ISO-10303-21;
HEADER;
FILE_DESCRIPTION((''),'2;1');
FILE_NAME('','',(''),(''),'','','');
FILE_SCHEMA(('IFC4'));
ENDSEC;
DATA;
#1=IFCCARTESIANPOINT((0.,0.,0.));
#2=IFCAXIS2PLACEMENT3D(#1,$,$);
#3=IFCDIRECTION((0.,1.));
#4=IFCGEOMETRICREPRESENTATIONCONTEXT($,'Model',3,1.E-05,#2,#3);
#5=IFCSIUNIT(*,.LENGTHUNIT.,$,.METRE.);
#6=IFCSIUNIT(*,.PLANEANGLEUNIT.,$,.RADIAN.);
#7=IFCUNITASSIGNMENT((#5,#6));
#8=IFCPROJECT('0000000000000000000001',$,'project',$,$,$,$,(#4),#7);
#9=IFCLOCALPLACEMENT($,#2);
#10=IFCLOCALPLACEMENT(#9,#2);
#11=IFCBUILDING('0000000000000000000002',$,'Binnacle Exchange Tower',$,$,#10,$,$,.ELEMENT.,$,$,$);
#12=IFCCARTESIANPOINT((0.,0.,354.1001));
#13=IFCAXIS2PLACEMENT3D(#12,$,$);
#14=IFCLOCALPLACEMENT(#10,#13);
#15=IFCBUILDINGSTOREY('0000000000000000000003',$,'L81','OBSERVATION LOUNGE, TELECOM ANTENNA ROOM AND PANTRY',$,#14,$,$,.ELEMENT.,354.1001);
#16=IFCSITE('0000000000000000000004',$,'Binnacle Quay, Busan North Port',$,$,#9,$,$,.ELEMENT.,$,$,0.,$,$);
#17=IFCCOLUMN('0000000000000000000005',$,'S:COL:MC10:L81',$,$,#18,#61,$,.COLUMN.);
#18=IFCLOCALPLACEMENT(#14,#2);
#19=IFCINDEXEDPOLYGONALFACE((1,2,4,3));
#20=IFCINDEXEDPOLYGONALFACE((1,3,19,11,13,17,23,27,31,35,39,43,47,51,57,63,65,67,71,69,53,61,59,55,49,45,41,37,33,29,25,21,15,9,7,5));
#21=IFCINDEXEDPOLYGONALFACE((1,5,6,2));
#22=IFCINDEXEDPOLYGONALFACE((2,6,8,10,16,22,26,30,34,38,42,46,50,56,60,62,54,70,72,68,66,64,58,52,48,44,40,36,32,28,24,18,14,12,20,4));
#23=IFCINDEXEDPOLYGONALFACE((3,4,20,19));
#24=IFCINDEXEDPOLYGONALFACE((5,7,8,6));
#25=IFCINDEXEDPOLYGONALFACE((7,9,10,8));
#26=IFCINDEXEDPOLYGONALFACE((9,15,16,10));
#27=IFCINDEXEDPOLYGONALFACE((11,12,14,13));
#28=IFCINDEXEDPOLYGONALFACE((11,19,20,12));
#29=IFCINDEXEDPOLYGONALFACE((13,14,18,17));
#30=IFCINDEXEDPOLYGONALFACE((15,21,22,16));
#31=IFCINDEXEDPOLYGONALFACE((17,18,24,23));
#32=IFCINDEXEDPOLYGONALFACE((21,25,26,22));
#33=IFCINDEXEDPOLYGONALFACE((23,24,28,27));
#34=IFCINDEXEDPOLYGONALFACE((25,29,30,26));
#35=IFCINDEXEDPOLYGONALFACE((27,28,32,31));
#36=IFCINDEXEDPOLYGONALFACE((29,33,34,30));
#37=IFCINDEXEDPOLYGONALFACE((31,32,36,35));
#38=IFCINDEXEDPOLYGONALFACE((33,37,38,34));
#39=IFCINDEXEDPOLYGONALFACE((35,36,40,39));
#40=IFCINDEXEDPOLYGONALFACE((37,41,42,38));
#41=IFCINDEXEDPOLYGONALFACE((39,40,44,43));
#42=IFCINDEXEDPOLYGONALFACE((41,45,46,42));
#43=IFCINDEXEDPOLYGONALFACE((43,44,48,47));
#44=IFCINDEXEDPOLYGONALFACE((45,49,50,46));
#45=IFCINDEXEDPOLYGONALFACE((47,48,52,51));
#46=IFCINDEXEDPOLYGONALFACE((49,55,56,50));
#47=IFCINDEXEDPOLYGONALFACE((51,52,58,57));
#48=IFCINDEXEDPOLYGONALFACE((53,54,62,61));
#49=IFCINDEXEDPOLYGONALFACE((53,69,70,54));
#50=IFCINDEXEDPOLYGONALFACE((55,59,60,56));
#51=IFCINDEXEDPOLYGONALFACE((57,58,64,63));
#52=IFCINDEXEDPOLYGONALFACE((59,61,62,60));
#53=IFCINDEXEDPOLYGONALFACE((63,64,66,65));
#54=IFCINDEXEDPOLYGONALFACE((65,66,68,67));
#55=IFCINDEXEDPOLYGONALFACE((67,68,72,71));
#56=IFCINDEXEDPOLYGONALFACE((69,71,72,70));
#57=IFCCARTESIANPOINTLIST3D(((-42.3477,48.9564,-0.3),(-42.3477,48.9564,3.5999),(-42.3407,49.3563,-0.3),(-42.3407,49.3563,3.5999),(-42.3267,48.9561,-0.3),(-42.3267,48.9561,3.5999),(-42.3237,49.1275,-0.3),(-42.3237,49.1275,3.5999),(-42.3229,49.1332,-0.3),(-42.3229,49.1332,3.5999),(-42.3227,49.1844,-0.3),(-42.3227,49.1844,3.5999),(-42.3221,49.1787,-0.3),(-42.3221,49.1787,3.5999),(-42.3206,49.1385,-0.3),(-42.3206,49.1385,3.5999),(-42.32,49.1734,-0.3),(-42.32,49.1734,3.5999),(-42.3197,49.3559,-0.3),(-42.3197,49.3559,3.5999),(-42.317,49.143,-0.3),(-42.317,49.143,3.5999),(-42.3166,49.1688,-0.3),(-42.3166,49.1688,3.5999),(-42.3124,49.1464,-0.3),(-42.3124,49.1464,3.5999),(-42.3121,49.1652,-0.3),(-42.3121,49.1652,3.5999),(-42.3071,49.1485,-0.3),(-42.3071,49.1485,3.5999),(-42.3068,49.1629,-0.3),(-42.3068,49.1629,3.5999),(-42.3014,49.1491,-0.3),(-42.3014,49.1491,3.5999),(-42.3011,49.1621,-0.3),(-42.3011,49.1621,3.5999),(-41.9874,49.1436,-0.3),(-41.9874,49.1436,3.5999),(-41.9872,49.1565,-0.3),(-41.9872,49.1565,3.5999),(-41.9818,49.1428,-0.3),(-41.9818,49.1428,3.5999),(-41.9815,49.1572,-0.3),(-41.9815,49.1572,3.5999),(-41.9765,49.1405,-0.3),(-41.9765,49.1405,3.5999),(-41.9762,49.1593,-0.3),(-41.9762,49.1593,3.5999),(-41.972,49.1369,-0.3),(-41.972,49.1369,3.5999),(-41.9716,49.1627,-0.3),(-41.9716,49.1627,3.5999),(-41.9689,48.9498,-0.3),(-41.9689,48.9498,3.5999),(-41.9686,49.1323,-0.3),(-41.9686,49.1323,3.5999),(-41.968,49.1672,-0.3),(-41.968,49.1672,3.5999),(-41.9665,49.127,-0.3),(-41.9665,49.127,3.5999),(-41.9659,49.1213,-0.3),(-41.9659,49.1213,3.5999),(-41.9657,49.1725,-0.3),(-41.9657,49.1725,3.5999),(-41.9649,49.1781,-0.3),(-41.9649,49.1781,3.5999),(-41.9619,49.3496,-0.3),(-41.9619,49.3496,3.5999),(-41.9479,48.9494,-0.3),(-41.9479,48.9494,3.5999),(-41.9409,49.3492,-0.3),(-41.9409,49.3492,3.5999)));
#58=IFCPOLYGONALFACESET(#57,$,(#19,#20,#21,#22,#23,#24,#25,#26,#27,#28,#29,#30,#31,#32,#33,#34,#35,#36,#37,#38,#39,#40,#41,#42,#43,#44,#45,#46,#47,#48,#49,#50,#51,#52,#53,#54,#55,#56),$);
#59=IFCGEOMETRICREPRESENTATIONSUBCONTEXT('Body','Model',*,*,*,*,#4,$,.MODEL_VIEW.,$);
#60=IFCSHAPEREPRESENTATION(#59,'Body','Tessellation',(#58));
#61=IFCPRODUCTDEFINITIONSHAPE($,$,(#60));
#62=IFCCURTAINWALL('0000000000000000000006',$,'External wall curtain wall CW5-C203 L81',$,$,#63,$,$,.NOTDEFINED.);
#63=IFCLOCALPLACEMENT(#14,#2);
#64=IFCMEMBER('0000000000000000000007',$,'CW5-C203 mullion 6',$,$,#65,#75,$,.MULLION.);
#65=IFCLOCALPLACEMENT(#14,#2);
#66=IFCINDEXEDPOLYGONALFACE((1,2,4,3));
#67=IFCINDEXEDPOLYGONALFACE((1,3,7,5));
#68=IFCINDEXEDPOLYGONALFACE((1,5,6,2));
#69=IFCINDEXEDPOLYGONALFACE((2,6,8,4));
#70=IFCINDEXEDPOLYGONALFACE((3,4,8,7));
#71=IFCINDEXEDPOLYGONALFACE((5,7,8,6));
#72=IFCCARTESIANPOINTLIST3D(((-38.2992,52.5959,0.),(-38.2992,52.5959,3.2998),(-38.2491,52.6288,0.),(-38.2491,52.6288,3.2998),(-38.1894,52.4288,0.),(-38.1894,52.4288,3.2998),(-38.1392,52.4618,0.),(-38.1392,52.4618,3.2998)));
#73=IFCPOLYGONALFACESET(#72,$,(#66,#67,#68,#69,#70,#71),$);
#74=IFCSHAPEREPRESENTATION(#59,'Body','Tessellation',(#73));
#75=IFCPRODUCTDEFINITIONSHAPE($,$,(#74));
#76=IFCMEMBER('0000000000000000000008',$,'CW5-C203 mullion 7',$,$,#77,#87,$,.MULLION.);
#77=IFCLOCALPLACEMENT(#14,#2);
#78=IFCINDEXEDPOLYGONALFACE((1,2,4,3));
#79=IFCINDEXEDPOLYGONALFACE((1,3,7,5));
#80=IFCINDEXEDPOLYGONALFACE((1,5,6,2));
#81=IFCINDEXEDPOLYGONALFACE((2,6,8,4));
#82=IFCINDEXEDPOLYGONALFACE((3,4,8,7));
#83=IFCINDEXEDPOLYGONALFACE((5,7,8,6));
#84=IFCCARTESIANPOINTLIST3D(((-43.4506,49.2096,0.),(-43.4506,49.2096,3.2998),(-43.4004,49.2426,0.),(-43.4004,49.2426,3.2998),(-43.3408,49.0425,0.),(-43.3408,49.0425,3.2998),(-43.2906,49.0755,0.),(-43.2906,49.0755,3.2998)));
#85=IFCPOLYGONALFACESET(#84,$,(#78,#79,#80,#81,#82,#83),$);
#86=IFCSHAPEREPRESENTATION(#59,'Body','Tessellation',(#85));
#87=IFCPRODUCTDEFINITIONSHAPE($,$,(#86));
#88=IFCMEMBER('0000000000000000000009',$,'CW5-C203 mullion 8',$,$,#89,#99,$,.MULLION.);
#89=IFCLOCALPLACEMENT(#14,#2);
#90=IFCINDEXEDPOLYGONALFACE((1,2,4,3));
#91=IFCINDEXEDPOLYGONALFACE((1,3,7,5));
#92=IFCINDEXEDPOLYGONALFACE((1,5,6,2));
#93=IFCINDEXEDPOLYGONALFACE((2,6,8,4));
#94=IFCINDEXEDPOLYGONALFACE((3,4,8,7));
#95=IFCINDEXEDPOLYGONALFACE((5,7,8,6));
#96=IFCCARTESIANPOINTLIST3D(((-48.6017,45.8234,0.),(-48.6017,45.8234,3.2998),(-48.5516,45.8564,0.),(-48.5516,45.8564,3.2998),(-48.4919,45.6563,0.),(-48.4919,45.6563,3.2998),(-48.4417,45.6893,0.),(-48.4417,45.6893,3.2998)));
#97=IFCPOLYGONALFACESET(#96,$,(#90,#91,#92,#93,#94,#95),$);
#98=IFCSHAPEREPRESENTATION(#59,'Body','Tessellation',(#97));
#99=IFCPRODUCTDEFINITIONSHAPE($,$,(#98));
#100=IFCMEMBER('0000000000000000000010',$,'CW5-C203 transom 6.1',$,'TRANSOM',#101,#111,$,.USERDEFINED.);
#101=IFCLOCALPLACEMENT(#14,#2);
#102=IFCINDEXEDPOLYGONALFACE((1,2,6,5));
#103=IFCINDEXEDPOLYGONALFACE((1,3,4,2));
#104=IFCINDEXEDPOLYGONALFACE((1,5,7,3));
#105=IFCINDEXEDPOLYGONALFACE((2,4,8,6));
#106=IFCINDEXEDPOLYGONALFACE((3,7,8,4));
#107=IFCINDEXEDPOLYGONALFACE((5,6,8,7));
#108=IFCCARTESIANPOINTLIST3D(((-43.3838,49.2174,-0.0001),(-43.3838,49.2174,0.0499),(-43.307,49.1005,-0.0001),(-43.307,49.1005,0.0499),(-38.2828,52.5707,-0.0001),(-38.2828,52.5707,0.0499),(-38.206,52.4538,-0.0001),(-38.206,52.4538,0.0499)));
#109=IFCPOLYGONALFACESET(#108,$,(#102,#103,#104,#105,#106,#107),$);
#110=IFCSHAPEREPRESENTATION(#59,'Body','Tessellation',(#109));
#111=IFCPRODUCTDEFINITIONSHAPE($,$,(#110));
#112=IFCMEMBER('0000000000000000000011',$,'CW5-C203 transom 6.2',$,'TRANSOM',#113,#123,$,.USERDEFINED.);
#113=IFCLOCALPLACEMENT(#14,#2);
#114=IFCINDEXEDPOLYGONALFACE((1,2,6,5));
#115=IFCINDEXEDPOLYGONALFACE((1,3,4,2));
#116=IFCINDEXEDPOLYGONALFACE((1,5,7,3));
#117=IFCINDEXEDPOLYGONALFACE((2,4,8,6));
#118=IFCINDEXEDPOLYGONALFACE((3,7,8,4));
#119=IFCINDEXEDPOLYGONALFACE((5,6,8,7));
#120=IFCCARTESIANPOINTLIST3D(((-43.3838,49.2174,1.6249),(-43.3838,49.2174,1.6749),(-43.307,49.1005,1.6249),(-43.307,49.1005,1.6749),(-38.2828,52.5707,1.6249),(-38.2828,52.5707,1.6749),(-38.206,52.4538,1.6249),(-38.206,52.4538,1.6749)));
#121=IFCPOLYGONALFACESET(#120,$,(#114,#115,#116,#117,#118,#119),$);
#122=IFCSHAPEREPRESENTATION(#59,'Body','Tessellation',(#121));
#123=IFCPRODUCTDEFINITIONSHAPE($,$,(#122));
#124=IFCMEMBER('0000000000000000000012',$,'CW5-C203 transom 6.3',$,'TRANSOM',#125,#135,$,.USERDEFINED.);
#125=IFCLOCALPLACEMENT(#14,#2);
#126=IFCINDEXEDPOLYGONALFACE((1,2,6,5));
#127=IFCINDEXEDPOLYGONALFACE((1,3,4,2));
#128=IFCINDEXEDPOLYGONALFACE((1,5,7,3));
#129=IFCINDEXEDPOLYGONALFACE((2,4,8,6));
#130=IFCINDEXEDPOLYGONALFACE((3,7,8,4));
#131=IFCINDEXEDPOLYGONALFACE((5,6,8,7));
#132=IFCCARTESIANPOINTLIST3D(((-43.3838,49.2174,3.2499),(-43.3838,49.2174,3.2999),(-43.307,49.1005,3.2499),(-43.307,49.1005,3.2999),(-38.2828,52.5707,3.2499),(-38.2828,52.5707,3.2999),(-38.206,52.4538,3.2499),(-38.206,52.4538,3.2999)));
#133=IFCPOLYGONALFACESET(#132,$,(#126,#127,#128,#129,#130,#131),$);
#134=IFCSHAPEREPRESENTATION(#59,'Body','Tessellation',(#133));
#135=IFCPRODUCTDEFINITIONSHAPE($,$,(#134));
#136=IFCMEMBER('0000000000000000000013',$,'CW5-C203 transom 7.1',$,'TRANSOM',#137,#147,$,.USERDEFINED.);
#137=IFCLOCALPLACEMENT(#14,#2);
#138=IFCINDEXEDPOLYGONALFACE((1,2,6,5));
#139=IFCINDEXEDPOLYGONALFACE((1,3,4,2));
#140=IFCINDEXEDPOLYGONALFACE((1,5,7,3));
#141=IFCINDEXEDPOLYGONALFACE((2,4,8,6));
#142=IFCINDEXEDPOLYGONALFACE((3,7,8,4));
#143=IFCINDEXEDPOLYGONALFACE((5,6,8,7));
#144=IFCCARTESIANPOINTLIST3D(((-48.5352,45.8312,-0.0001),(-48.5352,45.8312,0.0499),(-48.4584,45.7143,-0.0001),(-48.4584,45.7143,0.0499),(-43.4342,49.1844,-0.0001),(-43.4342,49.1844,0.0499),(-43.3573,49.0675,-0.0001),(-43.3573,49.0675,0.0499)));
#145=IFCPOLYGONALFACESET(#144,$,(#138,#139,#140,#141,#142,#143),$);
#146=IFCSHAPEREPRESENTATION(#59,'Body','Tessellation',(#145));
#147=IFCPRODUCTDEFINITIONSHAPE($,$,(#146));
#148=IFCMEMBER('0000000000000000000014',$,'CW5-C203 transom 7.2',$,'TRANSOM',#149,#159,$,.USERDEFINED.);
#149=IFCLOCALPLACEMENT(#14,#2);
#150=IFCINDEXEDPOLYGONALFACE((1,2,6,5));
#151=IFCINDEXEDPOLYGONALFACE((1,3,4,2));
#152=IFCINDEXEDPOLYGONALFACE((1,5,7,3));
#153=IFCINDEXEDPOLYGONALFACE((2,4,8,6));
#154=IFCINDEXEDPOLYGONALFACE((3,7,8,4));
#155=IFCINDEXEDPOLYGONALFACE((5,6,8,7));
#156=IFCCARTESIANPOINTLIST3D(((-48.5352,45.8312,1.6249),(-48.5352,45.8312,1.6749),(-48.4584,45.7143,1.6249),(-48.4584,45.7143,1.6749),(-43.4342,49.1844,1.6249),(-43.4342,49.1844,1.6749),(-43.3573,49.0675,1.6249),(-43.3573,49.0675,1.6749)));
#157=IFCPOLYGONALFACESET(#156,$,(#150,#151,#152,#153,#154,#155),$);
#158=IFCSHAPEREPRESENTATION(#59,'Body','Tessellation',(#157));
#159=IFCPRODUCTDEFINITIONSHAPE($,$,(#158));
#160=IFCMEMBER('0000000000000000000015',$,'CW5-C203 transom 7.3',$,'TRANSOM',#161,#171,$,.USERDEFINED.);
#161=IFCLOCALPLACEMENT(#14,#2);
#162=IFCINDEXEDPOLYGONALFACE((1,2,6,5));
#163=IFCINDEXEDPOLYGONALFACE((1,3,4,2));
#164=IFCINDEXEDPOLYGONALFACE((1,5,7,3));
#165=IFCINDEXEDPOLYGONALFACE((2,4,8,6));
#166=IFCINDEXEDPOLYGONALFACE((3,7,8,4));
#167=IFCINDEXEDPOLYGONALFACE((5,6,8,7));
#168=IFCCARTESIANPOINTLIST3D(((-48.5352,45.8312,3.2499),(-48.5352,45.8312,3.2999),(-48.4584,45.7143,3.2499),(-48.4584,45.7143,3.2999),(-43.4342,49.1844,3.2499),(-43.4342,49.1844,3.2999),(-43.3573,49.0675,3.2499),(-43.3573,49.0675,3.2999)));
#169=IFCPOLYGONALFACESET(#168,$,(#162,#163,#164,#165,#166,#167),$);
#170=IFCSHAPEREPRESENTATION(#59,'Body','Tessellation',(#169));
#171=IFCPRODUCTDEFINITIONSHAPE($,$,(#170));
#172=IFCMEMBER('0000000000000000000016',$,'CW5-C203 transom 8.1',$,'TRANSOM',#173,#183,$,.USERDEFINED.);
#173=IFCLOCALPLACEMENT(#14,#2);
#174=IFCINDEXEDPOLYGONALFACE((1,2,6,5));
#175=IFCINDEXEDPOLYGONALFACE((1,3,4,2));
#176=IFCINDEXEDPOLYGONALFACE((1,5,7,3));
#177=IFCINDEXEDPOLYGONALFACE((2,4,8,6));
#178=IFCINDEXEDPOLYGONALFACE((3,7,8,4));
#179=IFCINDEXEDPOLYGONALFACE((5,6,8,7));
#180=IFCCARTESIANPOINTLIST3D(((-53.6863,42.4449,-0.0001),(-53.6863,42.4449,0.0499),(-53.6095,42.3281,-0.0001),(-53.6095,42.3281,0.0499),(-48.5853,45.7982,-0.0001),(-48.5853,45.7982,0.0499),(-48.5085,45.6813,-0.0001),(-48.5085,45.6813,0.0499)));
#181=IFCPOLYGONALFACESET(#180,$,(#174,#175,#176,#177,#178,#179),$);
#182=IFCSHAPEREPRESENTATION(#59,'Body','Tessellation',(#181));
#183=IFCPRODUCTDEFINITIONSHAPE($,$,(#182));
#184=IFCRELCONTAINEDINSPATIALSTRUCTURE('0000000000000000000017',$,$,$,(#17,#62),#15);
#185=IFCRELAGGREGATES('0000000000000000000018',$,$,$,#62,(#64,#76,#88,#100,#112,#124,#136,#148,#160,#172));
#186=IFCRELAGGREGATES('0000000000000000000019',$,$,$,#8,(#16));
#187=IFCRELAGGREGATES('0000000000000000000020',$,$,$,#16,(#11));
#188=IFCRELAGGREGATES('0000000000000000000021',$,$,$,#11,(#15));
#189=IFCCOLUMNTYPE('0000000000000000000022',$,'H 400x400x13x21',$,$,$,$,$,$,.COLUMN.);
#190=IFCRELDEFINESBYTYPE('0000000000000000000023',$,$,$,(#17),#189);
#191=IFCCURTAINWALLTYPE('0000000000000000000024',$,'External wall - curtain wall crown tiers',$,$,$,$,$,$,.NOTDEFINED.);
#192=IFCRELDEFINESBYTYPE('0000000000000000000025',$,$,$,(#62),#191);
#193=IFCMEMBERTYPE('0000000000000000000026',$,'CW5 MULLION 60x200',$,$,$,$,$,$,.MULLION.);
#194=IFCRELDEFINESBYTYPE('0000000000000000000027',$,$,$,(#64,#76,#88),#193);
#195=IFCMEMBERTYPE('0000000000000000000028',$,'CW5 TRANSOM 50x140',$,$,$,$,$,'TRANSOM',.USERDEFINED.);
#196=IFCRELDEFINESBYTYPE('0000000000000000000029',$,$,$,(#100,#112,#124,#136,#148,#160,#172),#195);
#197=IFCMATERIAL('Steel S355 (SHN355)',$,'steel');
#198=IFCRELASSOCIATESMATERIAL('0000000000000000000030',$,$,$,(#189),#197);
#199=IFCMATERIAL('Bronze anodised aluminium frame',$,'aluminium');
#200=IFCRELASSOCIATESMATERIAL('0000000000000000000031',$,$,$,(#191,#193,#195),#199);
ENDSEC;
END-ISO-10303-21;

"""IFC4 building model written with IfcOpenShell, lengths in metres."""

from ifc_helpers import new_model, si_unit, direction, frame, origin, origin_2d, place, context, subcontext, project, spatial, rectangle, i_section, extrude, material, material_profile, profile_set, type_object, element, aggregate, save


model = new_model("IFC4")

# Units and contexts
model_context = context("Model", 3, precision=1e-05, world=origin(), true_north=direction((0.0, 1.0)))
body_context = subcontext(model_context, "Body", "Model", "MODEL_VIEW")
ifc_project = project(units=[si_unit("LENGTHUNIT", "METRE"), si_unit("PLANEANGLEUNIT", "RADIAN")], contexts=[model_context])

# Site, building, storey
site_placement = place(None, origin())
site = spatial("IfcSite", under=ifc_project, at=site_placement, Name="Binnacle Quay, Busan North Port", CompositionType="ELEMENT", RefElevation=0.0)
building_placement = place(site_placement, origin())
building = spatial("IfcBuilding", under=site, at=building_placement, Name="Binnacle Exchange Tower", CompositionType="ELEMENT")
storey_placement = place(building_placement, frame((0.0, 0.0, 354.1001)))
storey = spatial("IfcBuildingStorey", under=building, at=storey_placement, Name="L81", Description="OBSERVATION LOUNGE, TELECOM ANTENNA ROOM AND PANTRY", CompositionType="ELEMENT", Elevation=354.1001)

# Column
ifc_material_1 = material(Name="Steel S355 (SHN355)", Category="steel")
ifc_material_profile_1 = material_profile(ifc_material_1, i_section(OverallWidth=0.3999, OverallDepth=0.3999, WebThickness=0.0129, FlangeThickness=0.021, FilletRadius=0.022, at=origin_2d()), Name="H 400x400x13x21")
ifc_profile_set_1 = profile_set([ifc_material_profile_1], Name="Steel S355 (SHN355)")
column_type = type_object("IfcColumnType", Name="H 400x400x13x21", PredefinedType="COLUMN", material=ifc_profile_set_1)
column_placement = place(storey_placement, frame((-42.1443, 49.1528, -0.3), z_axis=(0.0, 0.0, 1.0), x_axis=(0.01754, 0.999846, 0.0)))
element("IfcColumn", 1, at=column_placement, inside=storey, type_object=column_type, Name="S:COL:MC10:L81", PredefinedType="COLUMN", context=body_context, shape_type="SweptSolid", body=[
    extrude(i_section(OverallWidth=0.3999, OverallDepth=0.3999, WebThickness=0.0129, FlangeThickness=0.021, FilletRadius=0.022, at=origin_2d()), origin(), (0.0, 0.0, 1.0), 3.8999),
])

# Curtain wall, members
ifc_material_2 = material(Name="Bronze anodised aluminium frame", Category="aluminium")
curtain_wall_type = type_object("IfcCurtainWallType", Name="External wall - curtain wall crown tiers", PredefinedType="NOTDEFINED", material=ifc_material_2)
curtain_wall_placement = place(storey_placement, origin())
curtain_wall = element("IfcCurtainWall", 2, at=curtain_wall_placement, inside=storey, type_object=curtain_wall_type, Name="External wall curtain wall CW5-C203 L81", PredefinedType="NOTDEFINED")
ifc_material_profile_2 = material_profile(ifc_material_2, rectangle(XDim=0.2, YDim=0.0601, at=origin_2d()), Name="AL 60x200")
ifc_profile_set_2 = profile_set([ifc_material_profile_2], Name="Bronze anodised aluminium frame")
member_type_1 = type_object("IfcMemberType", Name="CW5 MULLION 60x200", PredefinedType="MULLION", material=ifc_profile_set_2)
member_1_placement = place(storey_placement, frame((-38.2192, 52.5288, 0.0), z_axis=(0.0, 0.0, 1.0), x_axis=(0.54931, -0.835618, 0.0)))
member_1 = element("IfcMember", 3, at=member_1_placement, type_object=member_type_1, Name="CW5-C203 mullion 6", PredefinedType="MULLION", context=body_context, shape_type="SweptSolid", body=[
    extrude(rectangle(XDim=0.2, YDim=0.0601, at=origin_2d()), origin(), (0.0, 0.0, 1.0), 3.2998),
])
member_2_placement = place(storey_placement, frame((-43.3706, 49.1426, 0.0), z_axis=(0.0, 0.0, 1.0), x_axis=(0.54931, -0.835618, 0.0)))
member_2 = element("IfcMember", 4, at=member_2_placement, type_object=member_type_1, Name="CW5-C203 mullion 7", PredefinedType="MULLION", context=body_context, shape_type="SweptSolid", body=[
    extrude(rectangle(XDim=0.2, YDim=0.0601, at=origin_2d()), origin(), (0.0, 0.0, 1.0), 3.2998),
])
member_3_placement = place(storey_placement, frame((-48.5217, 45.7563, 0.0), z_axis=(0.0, 0.0, 1.0), x_axis=(0.54931, -0.835618, 0.0)))
member_3 = element("IfcMember", 5, at=member_3_placement, type_object=member_type_1, Name="CW5-C203 mullion 8", PredefinedType="MULLION", context=body_context, shape_type="SweptSolid", body=[
    extrude(rectangle(XDim=0.2, YDim=0.0601, at=origin_2d()), origin(), (0.0, 0.0, 1.0), 3.2998),
])
ifc_material_profile_3 = material_profile(ifc_material_2, rectangle(XDim=0.1399, YDim=0.05, at=origin_2d()), Name="AL 140x50")
ifc_profile_set_3 = profile_set([ifc_material_profile_3], Name="Bronze anodised aluminium frame")
member_type_2 = type_object("IfcMemberType", Name="CW5 TRANSOM 50x140", ElementType="TRANSOM", PredefinedType="USERDEFINED", material=ifc_profile_set_3)
member_4_placement = place(storey_placement, frame((-38.2444, 52.5122, 0.0249), z_axis=(-0.83562, -0.549308, 0.0), x_axis=(0.549308, -0.83562, 0.0)))
member_4 = element("IfcMember", 6, at=member_4_placement, type_object=member_type_2, Name="CW5-C203 transom 6.1", ObjectType="TRANSOM", PredefinedType="USERDEFINED", context=body_context, shape_type="SweptSolid", body=[
    extrude(rectangle(XDim=0.1399, YDim=0.05, at=origin_2d()), origin(), (0.0, 0.0, 1.0), 6.1045),
])
member_5_placement = place(storey_placement, frame((-38.2444, 52.5122, 1.6499), z_axis=(-0.83562, -0.549308, 0.0), x_axis=(0.549308, -0.83562, 0.0)))
member_5 = element("IfcMember", 7, at=member_5_placement, type_object=member_type_2, Name="CW5-C203 transom 6.2", ObjectType="TRANSOM", PredefinedType="USERDEFINED", context=body_context, shape_type="SweptSolid", body=[
    extrude(rectangle(XDim=0.1399, YDim=0.05, at=origin_2d()), origin(), (0.0, 0.0, 1.0), 6.1045),
])
member_6_placement = place(storey_placement, frame((-38.2444, 52.5122, 3.2749), z_axis=(-0.83562, -0.549308, 0.0), x_axis=(0.549308, -0.83562, 0.0)))
member_6 = element("IfcMember", 8, at=member_6_placement, type_object=member_type_2, Name="CW5-C203 transom 6.3", ObjectType="TRANSOM", PredefinedType="USERDEFINED", context=body_context, shape_type="SweptSolid", body=[
    extrude(rectangle(XDim=0.1399, YDim=0.05, at=origin_2d()), origin(), (0.0, 0.0, 1.0), 6.1045),
])
member_7_placement = place(storey_placement, frame((-43.3958, 49.126, 0.0249), z_axis=(-0.83562, -0.549308, 0.0), x_axis=(0.549308, -0.83562, 0.0)))
member_7 = element("IfcMember", 9, at=member_7_placement, type_object=member_type_2, Name="CW5-C203 transom 7.1", ObjectType="TRANSOM", PredefinedType="USERDEFINED", context=body_context, shape_type="SweptSolid", body=[
    extrude(rectangle(XDim=0.1399, YDim=0.05, at=origin_2d()), origin(), (0.0, 0.0, 1.0), 6.1045),
])
member_8_placement = place(storey_placement, frame((-43.3958, 49.126, 1.6499), z_axis=(-0.83562, -0.549308, 0.0), x_axis=(0.549308, -0.83562, 0.0)))
member_8 = element("IfcMember", 10, at=member_8_placement, type_object=member_type_2, Name="CW5-C203 transom 7.2", ObjectType="TRANSOM", PredefinedType="USERDEFINED", context=body_context, shape_type="SweptSolid", body=[
    extrude(rectangle(XDim=0.1399, YDim=0.05, at=origin_2d()), origin(), (0.0, 0.0, 1.0), 6.1045),
])
member_9_placement = place(storey_placement, frame((-43.3958, 49.126, 3.2749), z_axis=(-0.83562, -0.549308, 0.0), x_axis=(0.549308, -0.83562, 0.0)))
member_9 = element("IfcMember", 11, at=member_9_placement, type_object=member_type_2, Name="CW5-C203 transom 7.3", ObjectType="TRANSOM", PredefinedType="USERDEFINED", context=body_context, shape_type="SweptSolid", body=[
    extrude(rectangle(XDim=0.1399, YDim=0.05, at=origin_2d()), origin(), (0.0, 0.0, 1.0), 6.1045),
])
member_10_placement = place(storey_placement, frame((-48.5469, 45.7397, 0.0249), z_axis=(-0.83562, -0.549308, 0.0), x_axis=(0.549308, -0.83562, 0.0)))
member_10 = element("IfcMember", 12, at=member_10_placement, type_object=member_type_2, Name="CW5-C203 transom 8.1", ObjectType="TRANSOM", PredefinedType="USERDEFINED", context=body_context, shape_type="SweptSolid", body=[
    extrude(rectangle(XDim=0.1399, YDim=0.05, at=origin_2d()), origin(), (0.0, 0.0, 1.0), 6.1045),
])

aggregate(curtain_wall, [member_1, member_2, member_3, member_4, member_5, member_6, member_7, member_8, member_9, member_10])

save(model, "model.ifc")
